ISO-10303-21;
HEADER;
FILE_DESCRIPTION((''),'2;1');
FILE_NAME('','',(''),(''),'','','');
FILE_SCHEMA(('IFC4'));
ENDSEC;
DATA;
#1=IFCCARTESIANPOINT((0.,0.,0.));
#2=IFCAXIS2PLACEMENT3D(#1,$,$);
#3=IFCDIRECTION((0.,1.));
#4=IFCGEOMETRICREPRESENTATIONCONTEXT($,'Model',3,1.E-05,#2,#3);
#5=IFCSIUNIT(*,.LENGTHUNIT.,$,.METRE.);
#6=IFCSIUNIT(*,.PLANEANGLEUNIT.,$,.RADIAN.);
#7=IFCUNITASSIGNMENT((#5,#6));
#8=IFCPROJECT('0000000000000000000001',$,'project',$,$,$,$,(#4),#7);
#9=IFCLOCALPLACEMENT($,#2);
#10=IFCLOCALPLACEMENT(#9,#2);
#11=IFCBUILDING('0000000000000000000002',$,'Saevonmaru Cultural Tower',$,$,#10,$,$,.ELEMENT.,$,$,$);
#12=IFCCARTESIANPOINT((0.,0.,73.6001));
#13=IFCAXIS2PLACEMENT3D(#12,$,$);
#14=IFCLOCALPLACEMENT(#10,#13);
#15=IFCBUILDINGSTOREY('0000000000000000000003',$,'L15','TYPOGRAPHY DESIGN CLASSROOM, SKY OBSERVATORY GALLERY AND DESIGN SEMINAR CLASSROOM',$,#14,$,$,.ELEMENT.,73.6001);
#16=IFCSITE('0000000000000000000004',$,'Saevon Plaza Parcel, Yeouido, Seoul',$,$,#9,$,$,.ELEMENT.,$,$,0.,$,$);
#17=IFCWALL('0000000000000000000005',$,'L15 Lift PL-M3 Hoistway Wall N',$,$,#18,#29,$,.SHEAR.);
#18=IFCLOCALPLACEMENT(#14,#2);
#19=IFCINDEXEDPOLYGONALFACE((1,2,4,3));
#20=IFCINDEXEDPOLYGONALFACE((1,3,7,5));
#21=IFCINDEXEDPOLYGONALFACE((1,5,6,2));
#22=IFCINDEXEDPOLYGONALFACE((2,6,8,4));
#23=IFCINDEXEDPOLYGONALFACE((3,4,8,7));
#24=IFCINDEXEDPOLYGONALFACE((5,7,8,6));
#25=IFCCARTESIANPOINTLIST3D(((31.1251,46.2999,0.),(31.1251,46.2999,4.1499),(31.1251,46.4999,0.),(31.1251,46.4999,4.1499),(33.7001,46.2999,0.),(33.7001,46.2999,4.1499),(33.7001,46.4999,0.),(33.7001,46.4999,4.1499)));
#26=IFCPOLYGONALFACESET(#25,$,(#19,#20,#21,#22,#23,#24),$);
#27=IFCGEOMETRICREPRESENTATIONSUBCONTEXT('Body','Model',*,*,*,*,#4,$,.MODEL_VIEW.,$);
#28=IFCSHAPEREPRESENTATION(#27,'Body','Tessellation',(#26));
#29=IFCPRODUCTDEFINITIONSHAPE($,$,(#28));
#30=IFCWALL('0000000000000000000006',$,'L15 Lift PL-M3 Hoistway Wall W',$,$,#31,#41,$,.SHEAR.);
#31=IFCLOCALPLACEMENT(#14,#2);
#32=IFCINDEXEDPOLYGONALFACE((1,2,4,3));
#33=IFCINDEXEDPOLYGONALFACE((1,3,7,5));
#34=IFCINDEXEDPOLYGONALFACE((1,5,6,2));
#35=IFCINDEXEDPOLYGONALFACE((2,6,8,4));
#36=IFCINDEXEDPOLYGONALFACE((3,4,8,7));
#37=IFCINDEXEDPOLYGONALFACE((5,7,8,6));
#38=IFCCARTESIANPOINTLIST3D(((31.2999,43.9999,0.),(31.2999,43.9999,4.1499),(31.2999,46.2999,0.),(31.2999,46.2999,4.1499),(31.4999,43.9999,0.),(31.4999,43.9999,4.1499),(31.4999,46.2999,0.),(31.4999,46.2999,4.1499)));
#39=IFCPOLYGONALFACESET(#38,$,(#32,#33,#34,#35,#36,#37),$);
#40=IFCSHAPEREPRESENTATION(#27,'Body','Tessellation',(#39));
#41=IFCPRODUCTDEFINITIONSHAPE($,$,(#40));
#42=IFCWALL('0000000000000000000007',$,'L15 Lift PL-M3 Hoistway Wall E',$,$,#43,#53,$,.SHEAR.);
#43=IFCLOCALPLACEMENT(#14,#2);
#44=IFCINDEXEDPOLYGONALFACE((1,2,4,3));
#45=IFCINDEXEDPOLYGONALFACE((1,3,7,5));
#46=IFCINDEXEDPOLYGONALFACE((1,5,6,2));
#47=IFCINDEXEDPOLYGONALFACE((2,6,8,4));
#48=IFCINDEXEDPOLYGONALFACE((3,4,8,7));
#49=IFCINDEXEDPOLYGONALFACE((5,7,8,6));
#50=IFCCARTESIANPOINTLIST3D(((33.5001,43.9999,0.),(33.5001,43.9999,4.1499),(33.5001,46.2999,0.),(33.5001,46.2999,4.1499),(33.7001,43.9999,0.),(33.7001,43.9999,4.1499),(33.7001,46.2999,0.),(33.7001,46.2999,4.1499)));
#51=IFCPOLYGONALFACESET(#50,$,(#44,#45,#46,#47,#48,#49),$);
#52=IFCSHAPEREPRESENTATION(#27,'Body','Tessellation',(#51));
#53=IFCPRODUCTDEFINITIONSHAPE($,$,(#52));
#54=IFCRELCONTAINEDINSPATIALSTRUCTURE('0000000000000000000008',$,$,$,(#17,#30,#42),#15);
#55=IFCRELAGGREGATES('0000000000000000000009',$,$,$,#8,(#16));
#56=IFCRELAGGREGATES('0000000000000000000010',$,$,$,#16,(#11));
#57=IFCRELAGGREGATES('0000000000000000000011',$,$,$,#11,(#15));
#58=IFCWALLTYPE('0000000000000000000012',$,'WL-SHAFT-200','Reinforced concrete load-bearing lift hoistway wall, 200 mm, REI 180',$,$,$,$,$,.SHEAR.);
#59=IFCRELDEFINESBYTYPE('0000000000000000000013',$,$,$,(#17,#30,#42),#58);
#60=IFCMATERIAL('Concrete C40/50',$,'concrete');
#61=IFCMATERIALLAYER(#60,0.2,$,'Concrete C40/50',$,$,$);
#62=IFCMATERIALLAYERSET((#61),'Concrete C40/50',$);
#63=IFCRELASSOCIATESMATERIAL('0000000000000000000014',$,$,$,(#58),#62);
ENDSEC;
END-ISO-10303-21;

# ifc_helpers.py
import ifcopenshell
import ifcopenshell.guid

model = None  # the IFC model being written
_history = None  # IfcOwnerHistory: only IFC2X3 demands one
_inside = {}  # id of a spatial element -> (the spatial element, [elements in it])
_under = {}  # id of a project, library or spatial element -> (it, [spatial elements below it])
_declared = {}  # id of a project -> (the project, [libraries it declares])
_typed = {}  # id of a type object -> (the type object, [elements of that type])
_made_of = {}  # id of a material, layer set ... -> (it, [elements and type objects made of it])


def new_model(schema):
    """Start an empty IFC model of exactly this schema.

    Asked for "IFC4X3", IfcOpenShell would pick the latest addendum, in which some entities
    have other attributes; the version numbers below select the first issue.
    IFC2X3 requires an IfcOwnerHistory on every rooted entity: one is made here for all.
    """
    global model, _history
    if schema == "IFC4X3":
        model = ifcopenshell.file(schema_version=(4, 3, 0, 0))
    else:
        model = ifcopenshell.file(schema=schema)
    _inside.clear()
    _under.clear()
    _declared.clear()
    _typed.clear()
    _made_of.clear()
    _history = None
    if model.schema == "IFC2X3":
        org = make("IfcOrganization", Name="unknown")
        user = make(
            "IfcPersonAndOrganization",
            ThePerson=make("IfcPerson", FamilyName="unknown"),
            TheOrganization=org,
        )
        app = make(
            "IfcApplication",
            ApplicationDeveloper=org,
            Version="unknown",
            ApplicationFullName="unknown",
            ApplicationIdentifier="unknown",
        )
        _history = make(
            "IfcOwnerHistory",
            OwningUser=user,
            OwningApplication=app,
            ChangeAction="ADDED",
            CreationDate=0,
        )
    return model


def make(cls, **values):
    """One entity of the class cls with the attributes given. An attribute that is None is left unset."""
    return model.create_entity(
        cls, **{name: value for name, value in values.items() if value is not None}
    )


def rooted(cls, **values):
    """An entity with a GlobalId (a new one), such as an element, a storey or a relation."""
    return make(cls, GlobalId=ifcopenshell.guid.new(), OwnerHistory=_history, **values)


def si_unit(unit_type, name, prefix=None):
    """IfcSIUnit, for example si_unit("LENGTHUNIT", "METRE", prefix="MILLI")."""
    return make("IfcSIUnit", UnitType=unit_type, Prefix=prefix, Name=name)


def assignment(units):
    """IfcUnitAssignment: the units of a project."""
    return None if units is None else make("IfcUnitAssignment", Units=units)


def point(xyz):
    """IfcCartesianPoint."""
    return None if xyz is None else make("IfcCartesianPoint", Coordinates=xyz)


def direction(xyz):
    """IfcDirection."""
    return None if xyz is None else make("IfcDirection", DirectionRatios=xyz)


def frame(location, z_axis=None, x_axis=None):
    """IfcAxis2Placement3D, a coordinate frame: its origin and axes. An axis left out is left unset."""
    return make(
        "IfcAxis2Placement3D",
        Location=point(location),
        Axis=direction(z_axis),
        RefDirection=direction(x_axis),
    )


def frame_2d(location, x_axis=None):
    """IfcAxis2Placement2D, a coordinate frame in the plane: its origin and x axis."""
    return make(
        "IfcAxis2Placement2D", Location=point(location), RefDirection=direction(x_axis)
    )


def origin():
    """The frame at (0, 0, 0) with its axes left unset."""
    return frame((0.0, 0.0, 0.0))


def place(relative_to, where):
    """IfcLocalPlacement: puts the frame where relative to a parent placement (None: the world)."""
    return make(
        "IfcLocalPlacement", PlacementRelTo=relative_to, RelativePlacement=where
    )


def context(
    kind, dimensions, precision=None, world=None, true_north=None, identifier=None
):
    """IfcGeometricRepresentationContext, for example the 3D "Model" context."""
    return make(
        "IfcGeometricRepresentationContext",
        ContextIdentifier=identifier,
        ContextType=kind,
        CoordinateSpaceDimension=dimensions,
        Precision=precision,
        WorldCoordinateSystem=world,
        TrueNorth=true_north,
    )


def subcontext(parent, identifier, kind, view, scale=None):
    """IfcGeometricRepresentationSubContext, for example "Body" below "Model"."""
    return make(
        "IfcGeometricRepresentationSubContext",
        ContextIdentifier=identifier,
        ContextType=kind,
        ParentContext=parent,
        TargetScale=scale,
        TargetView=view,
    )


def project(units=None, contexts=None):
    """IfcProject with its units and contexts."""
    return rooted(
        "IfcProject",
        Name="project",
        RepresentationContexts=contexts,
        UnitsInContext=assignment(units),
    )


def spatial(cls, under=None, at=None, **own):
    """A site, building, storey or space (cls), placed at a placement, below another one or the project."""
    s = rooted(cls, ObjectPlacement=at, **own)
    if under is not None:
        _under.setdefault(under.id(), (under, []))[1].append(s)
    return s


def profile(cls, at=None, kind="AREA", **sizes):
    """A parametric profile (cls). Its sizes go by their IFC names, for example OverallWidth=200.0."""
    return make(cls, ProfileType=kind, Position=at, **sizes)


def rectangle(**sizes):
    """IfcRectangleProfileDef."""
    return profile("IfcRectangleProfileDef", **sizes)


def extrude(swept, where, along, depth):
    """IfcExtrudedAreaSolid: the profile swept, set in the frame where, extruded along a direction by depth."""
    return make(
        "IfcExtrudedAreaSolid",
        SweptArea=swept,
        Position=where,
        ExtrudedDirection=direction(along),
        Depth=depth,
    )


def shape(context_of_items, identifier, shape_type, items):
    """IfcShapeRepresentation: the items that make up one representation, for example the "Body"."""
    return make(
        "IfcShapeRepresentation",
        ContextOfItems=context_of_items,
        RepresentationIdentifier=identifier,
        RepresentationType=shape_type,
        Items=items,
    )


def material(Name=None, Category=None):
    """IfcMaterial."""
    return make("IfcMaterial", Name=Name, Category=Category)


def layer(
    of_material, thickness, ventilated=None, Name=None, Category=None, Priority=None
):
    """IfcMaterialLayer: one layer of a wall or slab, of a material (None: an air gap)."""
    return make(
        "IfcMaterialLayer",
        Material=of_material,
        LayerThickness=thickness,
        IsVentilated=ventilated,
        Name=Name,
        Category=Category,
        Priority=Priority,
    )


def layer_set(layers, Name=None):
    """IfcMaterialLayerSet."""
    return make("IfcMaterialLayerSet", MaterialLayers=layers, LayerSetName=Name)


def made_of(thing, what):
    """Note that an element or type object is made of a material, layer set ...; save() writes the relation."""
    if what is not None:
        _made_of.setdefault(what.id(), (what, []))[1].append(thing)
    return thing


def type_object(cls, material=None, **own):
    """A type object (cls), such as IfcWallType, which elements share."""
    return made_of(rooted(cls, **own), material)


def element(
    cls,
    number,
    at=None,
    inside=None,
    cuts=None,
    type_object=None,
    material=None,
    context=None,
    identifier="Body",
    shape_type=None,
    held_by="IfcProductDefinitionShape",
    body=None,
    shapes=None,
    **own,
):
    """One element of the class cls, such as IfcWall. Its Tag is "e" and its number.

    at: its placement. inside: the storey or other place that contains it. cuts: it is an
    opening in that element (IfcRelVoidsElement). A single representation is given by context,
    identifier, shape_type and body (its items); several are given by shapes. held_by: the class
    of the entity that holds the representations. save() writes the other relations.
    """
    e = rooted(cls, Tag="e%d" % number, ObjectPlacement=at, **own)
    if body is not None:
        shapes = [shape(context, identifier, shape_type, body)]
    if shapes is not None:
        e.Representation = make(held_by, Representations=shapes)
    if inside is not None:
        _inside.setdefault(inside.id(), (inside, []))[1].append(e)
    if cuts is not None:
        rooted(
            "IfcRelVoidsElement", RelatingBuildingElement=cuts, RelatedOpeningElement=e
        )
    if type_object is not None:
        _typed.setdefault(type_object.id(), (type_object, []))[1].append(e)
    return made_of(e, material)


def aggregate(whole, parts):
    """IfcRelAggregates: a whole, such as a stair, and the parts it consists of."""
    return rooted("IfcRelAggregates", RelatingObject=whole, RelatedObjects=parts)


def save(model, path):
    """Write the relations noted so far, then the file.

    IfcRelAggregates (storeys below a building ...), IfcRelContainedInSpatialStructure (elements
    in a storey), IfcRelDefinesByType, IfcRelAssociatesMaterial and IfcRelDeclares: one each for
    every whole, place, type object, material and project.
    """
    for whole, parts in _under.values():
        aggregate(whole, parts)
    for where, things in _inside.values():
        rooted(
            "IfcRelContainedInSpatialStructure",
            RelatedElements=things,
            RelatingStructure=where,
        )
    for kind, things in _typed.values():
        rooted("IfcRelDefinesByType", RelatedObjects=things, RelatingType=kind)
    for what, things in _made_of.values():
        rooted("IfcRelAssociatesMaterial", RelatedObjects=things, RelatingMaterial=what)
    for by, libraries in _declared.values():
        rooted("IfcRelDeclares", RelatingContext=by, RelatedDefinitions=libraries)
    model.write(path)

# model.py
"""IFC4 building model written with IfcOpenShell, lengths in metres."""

from ifc_helpers import new_model, si_unit, direction, frame, frame_2d, origin, place, context, subcontext, project, spatial, rectangle, extrude, material, layer, layer_set, type_object, element, save


model = new_model("IFC4")

# Units and contexts
model_context = context("Model", 3, precision=1e-05, world=origin(), true_north=direction((0.0, 1.0)))
body_context = subcontext(model_context, "Body", "Model", "MODEL_VIEW")
ifc_project = project(units=[si_unit("LENGTHUNIT", "METRE"), si_unit("PLANEANGLEUNIT", "RADIAN")], contexts=[model_context])

# Site, building, storey
site_placement = place(None, origin())
site = spatial("IfcSite", under=ifc_project, at=site_placement, Name="Saevon Plaza Parcel, Yeouido, Seoul", CompositionType="ELEMENT", RefElevation=0.0)
building_placement = place(site_placement, origin())
building = spatial("IfcBuilding", under=site, at=building_placement, Name="Saevonmaru Cultural Tower", CompositionType="ELEMENT")
storey_placement = place(building_placement, frame((0.0, 0.0, 73.6001)))
storey = spatial("IfcBuildingStorey", under=building, at=storey_placement, Name="L15", Description="TYPOGRAPHY DESIGN CLASSROOM, SKY OBSERVATORY GALLERY AND DESIGN SEMINAR CLASSROOM", CompositionType="ELEMENT", Elevation=73.6001)

# Walls
ifc_material_1 = material(Name="Concrete C40/50", Category="concrete")
ifc_layer_1 = layer(ifc_material_1, 0.2, Name="Concrete C40/50")
ifc_layer_set_1 = layer_set([ifc_layer_1], Name="Concrete C40/50")
wall_type_1 = type_object("IfcWallType", Name="WL-SHAFT-200", Description="Reinforced concrete load-bearing lift hoistway wall, 200 mm, REI 180", PredefinedType="SHEAR", material=ifc_layer_set_1)
for number, where, z_axis, x_axis, name in (
    (1, (31.125, 46.3999, 0.0), (0.0, 0.0, 1.0), (1.0, 0.0, 0.0), "L15 Lift PL-M3 Hoistway Wall N"),
):
    element("IfcWall", number, at=place(storey_placement, frame(where, z_axis=z_axis, x_axis=x_axis)), inside=storey, type_object=wall_type_1, Name=name, PredefinedType="SHEAR", context=body_context, shape_type="SweptSolid", body=[
        extrude(rectangle(XDim=2.575, YDim=0.2, at=frame_2d((1.2876, 0.0))), origin(), (0.0, 0.0, 1.0), 4.1499),
    ])
for number, where, z_axis, x_axis, name in (
    (2, (31.3999, 44.0, 0.0), (0.0, 0.0, 1.0), (0.0, 1.0, 0.0), "L15 Lift PL-M3 Hoistway Wall W"),
    (3, (33.6001, 44.0, 0.0), (0.0, 0.0, 1.0), (0.0, 1.0, 0.0), "L15 Lift PL-M3 Hoistway Wall E"),
):
    element("IfcWall", number, at=place(storey_placement, frame(where, z_axis=z_axis, x_axis=x_axis)), inside=storey, type_object=wall_type_1, Name=name, PredefinedType="SHEAR", context=body_context, shape_type="SweptSolid", body=[
        extrude(rectangle(XDim=2.3, YDim=0.2, at=frame_2d((1.1499, 0.0))), origin(), (0.0, 0.0, 1.0), 4.1499),
    ])

save(model, "model.ifc")
